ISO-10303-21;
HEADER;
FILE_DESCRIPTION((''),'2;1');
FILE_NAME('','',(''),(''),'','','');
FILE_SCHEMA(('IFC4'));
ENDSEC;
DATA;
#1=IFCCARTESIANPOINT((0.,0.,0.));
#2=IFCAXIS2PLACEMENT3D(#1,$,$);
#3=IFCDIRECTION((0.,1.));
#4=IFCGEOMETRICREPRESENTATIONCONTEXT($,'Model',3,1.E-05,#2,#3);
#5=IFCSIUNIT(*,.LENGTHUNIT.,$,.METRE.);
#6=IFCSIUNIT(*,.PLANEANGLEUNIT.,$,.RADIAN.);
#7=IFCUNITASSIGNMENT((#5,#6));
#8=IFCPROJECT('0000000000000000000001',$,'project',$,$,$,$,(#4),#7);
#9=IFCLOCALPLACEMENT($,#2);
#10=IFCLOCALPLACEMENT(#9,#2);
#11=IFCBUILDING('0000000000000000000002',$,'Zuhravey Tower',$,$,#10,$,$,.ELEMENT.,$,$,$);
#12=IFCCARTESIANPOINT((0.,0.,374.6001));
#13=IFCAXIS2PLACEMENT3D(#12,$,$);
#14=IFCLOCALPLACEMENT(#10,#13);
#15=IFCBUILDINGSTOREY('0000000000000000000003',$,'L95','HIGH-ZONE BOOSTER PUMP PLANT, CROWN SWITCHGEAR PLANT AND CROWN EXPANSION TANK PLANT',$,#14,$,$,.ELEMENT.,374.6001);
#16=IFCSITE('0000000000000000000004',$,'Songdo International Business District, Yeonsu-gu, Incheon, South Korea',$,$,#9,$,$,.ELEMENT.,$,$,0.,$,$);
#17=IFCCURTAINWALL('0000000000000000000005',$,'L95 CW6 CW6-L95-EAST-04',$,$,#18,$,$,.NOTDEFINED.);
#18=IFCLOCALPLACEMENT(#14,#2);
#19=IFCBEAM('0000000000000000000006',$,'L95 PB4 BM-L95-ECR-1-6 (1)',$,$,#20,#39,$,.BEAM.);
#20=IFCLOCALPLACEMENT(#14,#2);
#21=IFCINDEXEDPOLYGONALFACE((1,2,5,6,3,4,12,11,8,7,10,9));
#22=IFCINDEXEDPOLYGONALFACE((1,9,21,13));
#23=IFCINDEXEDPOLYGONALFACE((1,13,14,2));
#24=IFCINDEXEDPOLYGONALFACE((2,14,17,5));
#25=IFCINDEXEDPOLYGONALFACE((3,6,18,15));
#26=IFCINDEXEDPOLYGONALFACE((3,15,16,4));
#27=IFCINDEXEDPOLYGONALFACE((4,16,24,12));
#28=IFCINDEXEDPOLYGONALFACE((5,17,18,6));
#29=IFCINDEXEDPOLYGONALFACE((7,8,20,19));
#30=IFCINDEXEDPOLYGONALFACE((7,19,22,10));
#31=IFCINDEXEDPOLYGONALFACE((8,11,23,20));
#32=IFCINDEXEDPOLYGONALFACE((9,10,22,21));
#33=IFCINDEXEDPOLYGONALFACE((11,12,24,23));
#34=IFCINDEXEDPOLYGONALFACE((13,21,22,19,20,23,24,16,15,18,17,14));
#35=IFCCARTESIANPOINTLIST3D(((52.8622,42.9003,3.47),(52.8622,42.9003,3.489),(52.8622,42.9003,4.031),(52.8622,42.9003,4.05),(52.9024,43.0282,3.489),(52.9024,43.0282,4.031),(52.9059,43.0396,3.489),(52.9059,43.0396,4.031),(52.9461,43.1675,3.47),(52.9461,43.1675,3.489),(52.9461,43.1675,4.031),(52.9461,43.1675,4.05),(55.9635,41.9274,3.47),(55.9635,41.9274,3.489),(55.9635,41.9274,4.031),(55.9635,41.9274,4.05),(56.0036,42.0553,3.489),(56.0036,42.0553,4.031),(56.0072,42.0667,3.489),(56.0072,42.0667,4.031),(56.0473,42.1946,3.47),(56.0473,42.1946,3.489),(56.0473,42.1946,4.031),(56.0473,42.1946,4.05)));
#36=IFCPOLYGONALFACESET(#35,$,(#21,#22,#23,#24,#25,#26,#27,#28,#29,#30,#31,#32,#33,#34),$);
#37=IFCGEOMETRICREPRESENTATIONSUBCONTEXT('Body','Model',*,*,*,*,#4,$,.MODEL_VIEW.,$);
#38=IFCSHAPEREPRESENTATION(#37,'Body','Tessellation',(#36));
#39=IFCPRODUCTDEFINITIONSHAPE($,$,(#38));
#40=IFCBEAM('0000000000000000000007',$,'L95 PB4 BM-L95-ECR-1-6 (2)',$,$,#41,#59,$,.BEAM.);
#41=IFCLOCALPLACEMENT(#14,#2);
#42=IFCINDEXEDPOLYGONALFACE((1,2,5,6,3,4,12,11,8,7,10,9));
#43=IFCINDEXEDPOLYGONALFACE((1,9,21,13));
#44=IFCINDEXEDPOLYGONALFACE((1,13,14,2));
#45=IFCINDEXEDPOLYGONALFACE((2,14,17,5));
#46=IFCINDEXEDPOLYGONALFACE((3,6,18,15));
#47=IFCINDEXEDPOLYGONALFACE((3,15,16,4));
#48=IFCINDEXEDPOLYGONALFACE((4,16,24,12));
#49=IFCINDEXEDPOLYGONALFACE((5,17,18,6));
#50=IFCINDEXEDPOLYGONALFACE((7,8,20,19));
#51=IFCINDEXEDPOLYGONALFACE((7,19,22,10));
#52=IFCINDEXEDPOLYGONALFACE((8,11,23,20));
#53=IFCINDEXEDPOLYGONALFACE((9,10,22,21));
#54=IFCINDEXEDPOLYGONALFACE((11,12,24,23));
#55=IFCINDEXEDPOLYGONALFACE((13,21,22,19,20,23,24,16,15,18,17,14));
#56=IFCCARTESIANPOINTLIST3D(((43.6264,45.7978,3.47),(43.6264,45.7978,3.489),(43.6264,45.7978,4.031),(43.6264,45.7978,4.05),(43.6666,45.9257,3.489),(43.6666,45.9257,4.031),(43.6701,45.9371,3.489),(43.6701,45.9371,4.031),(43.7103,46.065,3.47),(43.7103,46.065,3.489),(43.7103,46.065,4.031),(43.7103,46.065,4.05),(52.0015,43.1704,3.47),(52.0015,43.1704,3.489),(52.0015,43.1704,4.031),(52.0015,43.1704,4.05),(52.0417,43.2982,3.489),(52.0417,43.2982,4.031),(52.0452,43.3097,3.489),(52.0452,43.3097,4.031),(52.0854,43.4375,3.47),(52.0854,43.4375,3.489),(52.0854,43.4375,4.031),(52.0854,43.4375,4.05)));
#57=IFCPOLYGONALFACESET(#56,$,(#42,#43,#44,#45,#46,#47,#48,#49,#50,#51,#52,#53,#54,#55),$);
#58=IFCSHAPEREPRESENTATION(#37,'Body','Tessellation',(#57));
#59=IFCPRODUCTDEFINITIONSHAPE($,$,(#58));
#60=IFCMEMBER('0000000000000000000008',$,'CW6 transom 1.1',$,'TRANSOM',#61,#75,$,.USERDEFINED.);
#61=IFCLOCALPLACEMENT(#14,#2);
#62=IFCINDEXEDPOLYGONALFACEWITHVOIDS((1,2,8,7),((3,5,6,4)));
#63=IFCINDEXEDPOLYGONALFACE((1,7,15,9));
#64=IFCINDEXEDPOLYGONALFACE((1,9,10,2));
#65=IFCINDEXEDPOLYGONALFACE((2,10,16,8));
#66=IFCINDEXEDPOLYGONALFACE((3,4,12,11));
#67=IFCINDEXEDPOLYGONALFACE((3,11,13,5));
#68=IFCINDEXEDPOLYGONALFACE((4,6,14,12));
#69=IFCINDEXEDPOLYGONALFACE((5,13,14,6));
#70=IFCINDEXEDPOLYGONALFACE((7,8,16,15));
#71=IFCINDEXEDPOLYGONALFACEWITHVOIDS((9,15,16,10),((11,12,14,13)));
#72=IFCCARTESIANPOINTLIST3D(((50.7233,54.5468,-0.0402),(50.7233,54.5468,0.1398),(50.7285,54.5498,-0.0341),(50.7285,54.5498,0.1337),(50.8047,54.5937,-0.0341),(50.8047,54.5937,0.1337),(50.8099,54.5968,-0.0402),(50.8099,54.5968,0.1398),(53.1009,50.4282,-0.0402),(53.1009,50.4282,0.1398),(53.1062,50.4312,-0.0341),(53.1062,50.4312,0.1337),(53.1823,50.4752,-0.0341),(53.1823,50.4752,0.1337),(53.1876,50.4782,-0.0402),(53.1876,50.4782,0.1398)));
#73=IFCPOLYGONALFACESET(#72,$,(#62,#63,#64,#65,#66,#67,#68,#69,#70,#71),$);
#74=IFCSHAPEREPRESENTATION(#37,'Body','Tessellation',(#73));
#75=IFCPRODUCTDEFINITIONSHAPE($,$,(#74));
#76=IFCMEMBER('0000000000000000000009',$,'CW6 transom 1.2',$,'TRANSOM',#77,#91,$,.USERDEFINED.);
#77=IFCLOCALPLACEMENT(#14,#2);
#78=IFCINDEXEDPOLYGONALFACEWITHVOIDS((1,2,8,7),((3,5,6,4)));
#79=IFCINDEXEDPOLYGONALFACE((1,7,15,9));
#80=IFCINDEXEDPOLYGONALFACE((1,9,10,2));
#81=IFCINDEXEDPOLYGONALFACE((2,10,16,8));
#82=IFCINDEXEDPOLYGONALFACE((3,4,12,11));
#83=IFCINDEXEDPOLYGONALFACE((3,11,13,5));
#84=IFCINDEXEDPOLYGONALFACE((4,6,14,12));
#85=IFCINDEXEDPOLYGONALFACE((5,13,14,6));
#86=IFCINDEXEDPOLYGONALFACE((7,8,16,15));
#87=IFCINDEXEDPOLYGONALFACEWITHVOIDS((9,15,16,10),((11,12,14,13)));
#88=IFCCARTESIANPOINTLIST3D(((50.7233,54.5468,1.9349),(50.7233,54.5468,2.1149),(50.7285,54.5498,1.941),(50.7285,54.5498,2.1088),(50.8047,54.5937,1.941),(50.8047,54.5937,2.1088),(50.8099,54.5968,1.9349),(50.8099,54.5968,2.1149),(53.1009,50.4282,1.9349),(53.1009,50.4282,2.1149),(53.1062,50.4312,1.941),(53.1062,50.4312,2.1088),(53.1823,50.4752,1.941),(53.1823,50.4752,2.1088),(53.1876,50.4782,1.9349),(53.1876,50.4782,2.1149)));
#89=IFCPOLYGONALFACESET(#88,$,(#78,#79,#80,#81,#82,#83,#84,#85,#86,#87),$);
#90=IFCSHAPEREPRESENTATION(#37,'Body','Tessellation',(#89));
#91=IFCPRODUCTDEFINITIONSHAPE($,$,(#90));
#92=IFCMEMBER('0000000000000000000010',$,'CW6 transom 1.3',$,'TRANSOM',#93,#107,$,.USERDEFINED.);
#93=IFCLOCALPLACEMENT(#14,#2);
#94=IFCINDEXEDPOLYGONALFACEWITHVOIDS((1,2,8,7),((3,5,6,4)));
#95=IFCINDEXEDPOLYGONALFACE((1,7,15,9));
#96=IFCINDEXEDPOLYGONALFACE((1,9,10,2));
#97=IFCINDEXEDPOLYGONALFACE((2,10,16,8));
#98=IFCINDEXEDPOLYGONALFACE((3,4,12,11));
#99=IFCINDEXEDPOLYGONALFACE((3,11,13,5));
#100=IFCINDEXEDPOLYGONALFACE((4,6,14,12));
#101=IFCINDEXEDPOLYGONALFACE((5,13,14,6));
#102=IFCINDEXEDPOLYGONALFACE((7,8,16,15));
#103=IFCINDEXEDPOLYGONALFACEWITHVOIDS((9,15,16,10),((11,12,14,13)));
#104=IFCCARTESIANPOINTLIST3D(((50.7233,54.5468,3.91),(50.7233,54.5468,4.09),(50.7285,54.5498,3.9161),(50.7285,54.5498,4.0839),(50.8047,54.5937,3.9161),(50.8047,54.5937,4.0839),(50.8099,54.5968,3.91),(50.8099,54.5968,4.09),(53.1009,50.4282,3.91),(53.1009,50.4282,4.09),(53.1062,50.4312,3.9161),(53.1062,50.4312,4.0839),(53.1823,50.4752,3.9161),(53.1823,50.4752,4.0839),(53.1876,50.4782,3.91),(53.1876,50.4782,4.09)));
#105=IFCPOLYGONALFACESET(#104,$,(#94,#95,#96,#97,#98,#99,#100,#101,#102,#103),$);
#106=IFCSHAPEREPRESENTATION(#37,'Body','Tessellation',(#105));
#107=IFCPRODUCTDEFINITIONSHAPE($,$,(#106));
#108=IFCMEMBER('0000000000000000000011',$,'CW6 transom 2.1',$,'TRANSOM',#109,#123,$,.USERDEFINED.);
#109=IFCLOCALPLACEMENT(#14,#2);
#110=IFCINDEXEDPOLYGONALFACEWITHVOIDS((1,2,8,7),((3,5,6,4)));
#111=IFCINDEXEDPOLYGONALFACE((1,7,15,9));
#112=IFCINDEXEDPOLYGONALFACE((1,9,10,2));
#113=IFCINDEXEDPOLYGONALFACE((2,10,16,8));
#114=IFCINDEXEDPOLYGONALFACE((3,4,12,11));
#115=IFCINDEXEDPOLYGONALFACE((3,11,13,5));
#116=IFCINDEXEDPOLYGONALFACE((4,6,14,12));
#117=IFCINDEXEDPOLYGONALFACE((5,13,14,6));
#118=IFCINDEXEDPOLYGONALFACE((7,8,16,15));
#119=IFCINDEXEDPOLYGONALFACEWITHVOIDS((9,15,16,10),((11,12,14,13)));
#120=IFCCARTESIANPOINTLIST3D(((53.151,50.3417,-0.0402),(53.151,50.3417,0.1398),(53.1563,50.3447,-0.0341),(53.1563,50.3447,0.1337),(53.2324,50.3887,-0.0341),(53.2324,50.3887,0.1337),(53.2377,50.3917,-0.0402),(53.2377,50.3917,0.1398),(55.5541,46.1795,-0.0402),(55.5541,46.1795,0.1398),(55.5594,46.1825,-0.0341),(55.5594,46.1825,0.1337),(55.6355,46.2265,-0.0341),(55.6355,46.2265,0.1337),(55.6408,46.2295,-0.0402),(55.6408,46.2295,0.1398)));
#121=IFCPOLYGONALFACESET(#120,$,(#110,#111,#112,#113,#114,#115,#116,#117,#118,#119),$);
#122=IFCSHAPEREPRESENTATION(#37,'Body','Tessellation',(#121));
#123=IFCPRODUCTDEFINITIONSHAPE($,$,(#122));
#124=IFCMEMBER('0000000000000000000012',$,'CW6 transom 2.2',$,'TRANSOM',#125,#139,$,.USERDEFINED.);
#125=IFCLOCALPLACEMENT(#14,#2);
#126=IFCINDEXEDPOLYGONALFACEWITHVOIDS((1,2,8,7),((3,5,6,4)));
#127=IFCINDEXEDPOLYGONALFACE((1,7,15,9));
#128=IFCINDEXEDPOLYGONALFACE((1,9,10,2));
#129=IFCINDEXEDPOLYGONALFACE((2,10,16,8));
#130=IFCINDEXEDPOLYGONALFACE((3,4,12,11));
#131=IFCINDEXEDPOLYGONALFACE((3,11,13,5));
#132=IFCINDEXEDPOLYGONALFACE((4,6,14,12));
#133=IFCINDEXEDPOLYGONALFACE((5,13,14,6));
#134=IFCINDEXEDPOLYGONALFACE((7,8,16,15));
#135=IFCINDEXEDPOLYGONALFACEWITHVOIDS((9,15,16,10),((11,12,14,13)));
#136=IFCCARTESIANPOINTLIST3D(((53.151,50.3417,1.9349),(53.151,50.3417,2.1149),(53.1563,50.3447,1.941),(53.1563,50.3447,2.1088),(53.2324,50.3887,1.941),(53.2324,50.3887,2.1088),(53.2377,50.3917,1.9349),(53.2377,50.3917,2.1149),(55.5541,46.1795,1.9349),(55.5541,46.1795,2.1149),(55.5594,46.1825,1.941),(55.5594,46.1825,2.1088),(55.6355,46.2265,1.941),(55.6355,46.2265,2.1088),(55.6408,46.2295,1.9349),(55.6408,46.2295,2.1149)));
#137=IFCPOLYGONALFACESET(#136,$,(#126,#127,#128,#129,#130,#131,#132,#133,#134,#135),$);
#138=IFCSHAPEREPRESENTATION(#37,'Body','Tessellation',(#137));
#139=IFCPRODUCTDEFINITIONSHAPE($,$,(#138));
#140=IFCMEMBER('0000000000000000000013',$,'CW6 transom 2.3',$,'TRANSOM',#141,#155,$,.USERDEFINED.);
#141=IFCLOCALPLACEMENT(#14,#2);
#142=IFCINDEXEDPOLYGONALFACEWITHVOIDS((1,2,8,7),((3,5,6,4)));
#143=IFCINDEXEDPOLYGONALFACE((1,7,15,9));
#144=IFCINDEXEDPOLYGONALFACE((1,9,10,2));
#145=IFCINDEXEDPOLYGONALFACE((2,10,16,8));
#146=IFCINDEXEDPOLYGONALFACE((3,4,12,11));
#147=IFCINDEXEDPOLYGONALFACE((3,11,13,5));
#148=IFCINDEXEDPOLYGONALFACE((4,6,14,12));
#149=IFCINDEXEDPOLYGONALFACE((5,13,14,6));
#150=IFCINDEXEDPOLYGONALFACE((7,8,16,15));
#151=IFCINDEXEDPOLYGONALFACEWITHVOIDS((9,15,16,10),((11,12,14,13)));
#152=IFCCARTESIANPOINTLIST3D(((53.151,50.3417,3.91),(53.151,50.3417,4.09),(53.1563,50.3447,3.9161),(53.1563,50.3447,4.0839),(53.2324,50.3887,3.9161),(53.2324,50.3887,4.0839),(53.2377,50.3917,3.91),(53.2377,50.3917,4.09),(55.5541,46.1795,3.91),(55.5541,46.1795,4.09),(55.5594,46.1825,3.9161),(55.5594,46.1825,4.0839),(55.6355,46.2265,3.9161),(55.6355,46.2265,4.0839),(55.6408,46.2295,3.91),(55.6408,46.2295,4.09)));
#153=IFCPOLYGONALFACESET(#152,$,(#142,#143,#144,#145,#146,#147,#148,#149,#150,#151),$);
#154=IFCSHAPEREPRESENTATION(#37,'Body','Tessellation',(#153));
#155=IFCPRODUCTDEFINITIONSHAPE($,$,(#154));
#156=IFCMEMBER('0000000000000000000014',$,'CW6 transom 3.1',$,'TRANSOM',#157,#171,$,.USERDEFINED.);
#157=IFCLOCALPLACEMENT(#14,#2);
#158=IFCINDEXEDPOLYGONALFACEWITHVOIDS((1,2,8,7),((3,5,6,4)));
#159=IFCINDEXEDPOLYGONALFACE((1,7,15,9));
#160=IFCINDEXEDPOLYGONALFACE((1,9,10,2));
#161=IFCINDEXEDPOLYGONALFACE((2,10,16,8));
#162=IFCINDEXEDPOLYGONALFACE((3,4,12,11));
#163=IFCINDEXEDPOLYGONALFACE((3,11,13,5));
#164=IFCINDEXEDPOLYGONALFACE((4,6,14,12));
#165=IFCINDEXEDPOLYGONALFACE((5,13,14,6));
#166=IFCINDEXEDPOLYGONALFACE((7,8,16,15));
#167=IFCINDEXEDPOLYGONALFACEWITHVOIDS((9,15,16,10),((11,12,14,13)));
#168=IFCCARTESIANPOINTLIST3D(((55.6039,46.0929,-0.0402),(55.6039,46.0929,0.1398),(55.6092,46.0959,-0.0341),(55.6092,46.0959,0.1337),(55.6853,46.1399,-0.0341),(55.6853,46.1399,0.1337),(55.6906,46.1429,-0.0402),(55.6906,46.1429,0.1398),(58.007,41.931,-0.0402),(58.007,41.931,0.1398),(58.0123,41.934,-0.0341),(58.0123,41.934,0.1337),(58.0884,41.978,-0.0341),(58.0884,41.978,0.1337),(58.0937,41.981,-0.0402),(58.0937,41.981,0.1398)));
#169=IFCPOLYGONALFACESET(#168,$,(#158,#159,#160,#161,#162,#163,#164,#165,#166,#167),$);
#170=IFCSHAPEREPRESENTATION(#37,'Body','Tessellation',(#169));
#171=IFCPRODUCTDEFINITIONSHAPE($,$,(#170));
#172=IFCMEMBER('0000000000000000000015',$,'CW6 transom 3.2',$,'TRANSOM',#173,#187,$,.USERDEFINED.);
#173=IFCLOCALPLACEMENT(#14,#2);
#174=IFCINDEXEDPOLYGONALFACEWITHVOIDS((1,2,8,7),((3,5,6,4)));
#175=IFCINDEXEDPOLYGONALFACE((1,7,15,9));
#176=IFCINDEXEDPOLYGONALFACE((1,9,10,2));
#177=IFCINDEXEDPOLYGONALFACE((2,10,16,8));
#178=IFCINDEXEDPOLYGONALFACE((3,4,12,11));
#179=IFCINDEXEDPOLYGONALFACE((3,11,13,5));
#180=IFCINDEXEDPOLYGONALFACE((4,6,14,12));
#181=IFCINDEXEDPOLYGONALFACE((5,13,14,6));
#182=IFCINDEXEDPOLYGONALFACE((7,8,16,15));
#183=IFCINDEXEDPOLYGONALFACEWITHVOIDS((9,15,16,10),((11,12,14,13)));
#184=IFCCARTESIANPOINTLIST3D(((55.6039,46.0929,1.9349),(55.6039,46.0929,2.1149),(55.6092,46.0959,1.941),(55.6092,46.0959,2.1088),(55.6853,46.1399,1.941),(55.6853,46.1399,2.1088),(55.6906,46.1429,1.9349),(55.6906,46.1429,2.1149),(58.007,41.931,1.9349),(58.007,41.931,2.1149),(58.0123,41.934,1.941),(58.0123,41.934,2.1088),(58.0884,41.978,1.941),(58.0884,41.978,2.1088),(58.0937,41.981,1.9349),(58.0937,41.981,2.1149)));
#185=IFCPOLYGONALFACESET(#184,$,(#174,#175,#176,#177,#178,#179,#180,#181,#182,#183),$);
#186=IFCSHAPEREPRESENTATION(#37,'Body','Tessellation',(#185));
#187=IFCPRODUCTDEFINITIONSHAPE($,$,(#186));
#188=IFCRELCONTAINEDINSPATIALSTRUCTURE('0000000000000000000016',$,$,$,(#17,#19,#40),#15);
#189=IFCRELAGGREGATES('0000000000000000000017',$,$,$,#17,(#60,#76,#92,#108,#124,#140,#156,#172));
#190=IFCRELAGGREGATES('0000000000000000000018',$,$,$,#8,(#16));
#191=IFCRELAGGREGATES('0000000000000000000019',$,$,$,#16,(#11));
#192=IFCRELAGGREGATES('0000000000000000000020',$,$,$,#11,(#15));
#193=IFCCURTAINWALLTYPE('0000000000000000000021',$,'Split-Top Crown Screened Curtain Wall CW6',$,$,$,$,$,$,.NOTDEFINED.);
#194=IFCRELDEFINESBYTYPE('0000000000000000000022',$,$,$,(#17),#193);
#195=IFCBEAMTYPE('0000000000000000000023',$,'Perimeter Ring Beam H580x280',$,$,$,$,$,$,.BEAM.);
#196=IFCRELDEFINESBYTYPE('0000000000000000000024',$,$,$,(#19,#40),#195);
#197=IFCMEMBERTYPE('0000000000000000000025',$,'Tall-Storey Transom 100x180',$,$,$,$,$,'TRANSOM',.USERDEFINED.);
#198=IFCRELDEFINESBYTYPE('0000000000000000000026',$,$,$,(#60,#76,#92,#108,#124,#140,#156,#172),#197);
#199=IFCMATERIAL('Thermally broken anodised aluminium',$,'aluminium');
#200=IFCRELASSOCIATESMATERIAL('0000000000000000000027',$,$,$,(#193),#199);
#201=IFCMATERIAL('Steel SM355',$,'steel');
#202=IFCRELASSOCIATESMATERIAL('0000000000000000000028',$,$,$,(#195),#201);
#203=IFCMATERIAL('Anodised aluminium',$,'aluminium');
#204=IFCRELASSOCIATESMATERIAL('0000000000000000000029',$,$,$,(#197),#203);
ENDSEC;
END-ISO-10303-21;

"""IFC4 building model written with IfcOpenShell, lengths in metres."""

from ifc_helpers import new_model, si_unit, direction, frame, origin, origin_2d, place, context, subcontext, project, spatial, hollow_rectangle, i_section, extrude, material, material_profile, profile_set, type_object, element, aggregate, save


model = new_model("IFC4")

# Units and contexts
model_context = context("Model", 3, precision=1e-05, world=origin(), true_north=direction((0.0, 1.0)))
body_context = subcontext(model_context, "Body", "Model", "MODEL_VIEW")
ifc_project = project(units=[si_unit("LENGTHUNIT", "METRE"), si_unit("PLANEANGLEUNIT", "RADIAN")], contexts=[model_context])

# Site, building, storey
site_placement = place(None, origin())
site = spatial("IfcSite", under=ifc_project, at=site_placement, Name="Songdo International Business District, Yeonsu-gu, Incheon, South Korea", CompositionType="ELEMENT", RefElevation=0.0)
building_placement = place(site_placement, origin())
building = spatial("IfcBuilding", under=site, at=building_placement, Name="Zuhravey Tower", CompositionType="ELEMENT")
storey_placement = place(building_placement, frame((0.0, 0.0, 374.6001)))
storey = spatial("IfcBuildingStorey", under=building, at=storey_placement, Name="L95", Description="HIGH-ZONE BOOSTER PUMP PLANT, CROWN SWITCHGEAR PLANT AND CROWN EXPANSION TANK PLANT", CompositionType="ELEMENT", Elevation=374.6001)

# Shared definitions
ifc_material_1 = material(Name="Steel SM355", Category="steel")

# Curtain wall
ifc_material_2 = material(Name="Thermally broken anodised aluminium", Category="aluminium")
curtain_wall_type = type_object("IfcCurtainWallType", Name="Split-Top Crown Screened Curtain Wall CW6", PredefinedType="NOTDEFINED", material=ifc_material_2)
curtain_wall_placement = place(storey_placement, origin())
curtain_wall = element("IfcCurtainWall", 1, at=curtain_wall_placement, inside=storey, type_object=curtain_wall_type, Name="L95 CW6 CW6-L95-EAST-04", PredefinedType="NOTDEFINED")
ifc_material_3 = material(Name="Anodised aluminium", Category="aluminium")

# Beams
ifc_material_profile_1 = material_profile(ifc_material_1, i_section(OverallWidth=0.28, OverallDepth=0.5801, WebThickness=0.012, FlangeThickness=0.019, at=origin_2d()), Name="H-580x280x12x19")
ifc_profile_set_1 = profile_set([ifc_material_profile_1], Name="Steel SM355")
beam_type = type_object("IfcBeamType", Name="Perimeter Ring Beam H580x280", PredefinedType="BEAM", material=ifc_profile_set_1)
beam_1_placement = place(storey_placement, frame((56.0054, 42.061, 3.76), z_axis=(-0.954152, 0.299323, 0.0), x_axis=(-0.299323, -0.954152, 0.0)))
element("IfcBeam", 2, at=beam_1_placement, inside=storey, type_object=beam_type, Name="L95 PB4 BM-L95-ECR-1-6 (1)", PredefinedType="BEAM", context=body_context, shape_type="SweptSolid", body=[
    extrude(i_section(OverallWidth=0.28, OverallDepth=0.5801, WebThickness=0.012, FlangeThickness=0.019, at=origin_2d()), origin(), (0.0, 0.0, 1.0), 3.2502),
])
beam_2_placement = place(storey_placement, frame((52.0435, 43.304, 3.76), z_axis=(-0.954147, 0.299339, 0.0), x_axis=(-0.299339, -0.954147, 0.0)))
element("IfcBeam", 3, at=beam_2_placement, inside=storey, type_object=beam_type, Name="L95 PB4 BM-L95-ECR-1-6 (2)", PredefinedType="BEAM", context=body_context, shape_type="SweptSolid", body=[
    extrude(i_section(OverallWidth=0.28, OverallDepth=0.5801, WebThickness=0.012, FlangeThickness=0.019, at=origin_2d()), origin(), (0.0, 0.0, 1.0), 8.7776),
])

# Members
ifc_material_profile_2 = material_profile(ifc_material_3, hollow_rectangle(XDim=0.1001, YDim=0.1799, WallThickness=0.0061, at=origin_2d()), Name="ALU-RHS-100x180x6")
ifc_profile_set_2 = profile_set([ifc_material_profile_2], Name="Anodised aluminium")
member_type_1 = type_object("IfcMemberType", Name="Tall-Storey Transom 100x180", ElementType="TRANSOM", PredefinedType="USERDEFINED", material=ifc_profile_set_2)
member_1_placement = place(storey_placement, frame((50.7666, 54.5718, 0.0498), z_axis=(0.499965, -0.866045, 0.0), x_axis=(0.866045, 0.499965, 0.0)))
member_1 = element("IfcMember", 4, at=member_1_placement, type_object=member_type_1, Name="CW6 transom 1.1", ObjectType="TRANSOM", PredefinedType="USERDEFINED", context=body_context, shape_type="SweptSolid", body=[
    extrude(hollow_rectangle(XDim=0.1001, YDim=0.1799, WallThickness=0.0061, at=origin_2d()), origin(), (0.0, 0.0, 1.0), 4.7556),
])
member_2_placement = place(storey_placement, frame((50.7666, 54.5718, 2.0249), z_axis=(0.499965, -0.866045, 0.0), x_axis=(0.866045, 0.499965, 0.0)))
member_2 = element("IfcMember", 5, at=member_2_placement, type_object=member_type_1, Name="CW6 transom 1.2", ObjectType="TRANSOM", PredefinedType="USERDEFINED", context=body_context, shape_type="SweptSolid", body=[
    extrude(hollow_rectangle(XDim=0.1001, YDim=0.1799, WallThickness=0.0061, at=origin_2d()), origin(), (0.0, 0.0, 1.0), 4.7556),
])
member_3_placement = place(storey_placement, frame((50.7666, 54.5718, 4.0), z_axis=(0.499965, -0.866045, 0.0), x_axis=(0.866045, 0.499965, 0.0)))
member_3 = element("IfcMember", 6, at=member_3_placement, type_object=member_type_1, Name="CW6 transom 1.3", ObjectType="TRANSOM", PredefinedType="USERDEFINED", context=body_context, shape_type="SweptSolid", body=[
    extrude(hollow_rectangle(XDim=0.1001, YDim=0.1799, WallThickness=0.0061, at=origin_2d()), origin(), (0.0, 0.0, 1.0), 4.7556),
])
member_4_placement = place(storey_placement, frame((53.1943, 50.3667, 0.0498), z_axis=(0.500013, -0.866018, 0.0), x_axis=(0.866018, 0.500013, 0.0)))
member_4 = element("IfcMember", 7, at=member_4_placement, type_object=member_type_1, Name="CW6 transom 2.1", ObjectType="TRANSOM", PredefinedType="USERDEFINED", context=body_context, shape_type="SweptSolid", body=[
    extrude(hollow_rectangle(XDim=0.1001, YDim=0.1799, WallThickness=0.0061, at=origin_2d()), origin(), (0.0, 0.0, 1.0), 4.8062),
])
member_5_placement = place(storey_placement, frame((53.1943, 50.3667, 2.0249), z_axis=(0.500013, -0.866018, 0.0), x_axis=(0.866018, 0.500013, 0.0)))
member_5 = element("IfcMember", 8, at=member_5_placement, type_object=member_type_1, Name="CW6 transom 2.2", ObjectType="TRANSOM", PredefinedType="USERDEFINED", context=body_context, shape_type="SweptSolid", body=[
    extrude(hollow_rectangle(XDim=0.1001, YDim=0.1799, WallThickness=0.0061, at=origin_2d()), origin(), (0.0, 0.0, 1.0), 4.8062),
])
member_6_placement = place(storey_placement, frame((53.1943, 50.3667, 4.0), z_axis=(0.500013, -0.866018, 0.0), x_axis=(0.866018, 0.500013, 0.0)))
member_6 = element("IfcMember", 9, at=member_6_placement, type_object=member_type_1, Name="CW6 transom 2.3", ObjectType="TRANSOM", PredefinedType="USERDEFINED", context=body_context, shape_type="SweptSolid", body=[
    extrude(hollow_rectangle(XDim=0.1001, YDim=0.1799, WallThickness=0.0061, at=origin_2d()), origin(), (0.0, 0.0, 1.0), 4.8062),
])
member_7_placement = place(storey_placement, frame((55.6472, 46.1179, 0.0498), z_axis=(0.500035, -0.866005, 0.0), x_axis=(0.866005, 0.500035, 0.0)))
member_7 = element("IfcMember", 10, at=member_7_placement, type_object=member_type_1, Name="CW6 transom 3.1", ObjectType="TRANSOM", PredefinedType="USERDEFINED", context=body_context, shape_type="SweptSolid", body=[
    extrude(hollow_rectangle(XDim=0.1001, YDim=0.1799, WallThickness=0.0061, at=origin_2d()), origin(), (0.0, 0.0, 1.0), 4.8059),
])
member_8_placement = place(storey_placement, frame((55.6472, 46.1179, 2.0249), z_axis=(0.500035, -0.866005, 0.0), x_axis=(0.866005, 0.500035, 0.0)))
member_8 = element("IfcMember", 11, at=member_8_placement, type_object=member_type_1, Name="CW6 transom 3.2", ObjectType="TRANSOM", PredefinedType="USERDEFINED", context=body_context, shape_type="SweptSolid", body=[
    extrude(hollow_rectangle(XDim=0.1001, YDim=0.1799, WallThickness=0.0061, at=origin_2d()), origin(), (0.0, 0.0, 1.0), 4.8059),
])

aggregate(curtain_wall, [member_1, member_2, member_3, member_4, member_5, member_6, member_7, member_8])

save(model, "model.ifc")
